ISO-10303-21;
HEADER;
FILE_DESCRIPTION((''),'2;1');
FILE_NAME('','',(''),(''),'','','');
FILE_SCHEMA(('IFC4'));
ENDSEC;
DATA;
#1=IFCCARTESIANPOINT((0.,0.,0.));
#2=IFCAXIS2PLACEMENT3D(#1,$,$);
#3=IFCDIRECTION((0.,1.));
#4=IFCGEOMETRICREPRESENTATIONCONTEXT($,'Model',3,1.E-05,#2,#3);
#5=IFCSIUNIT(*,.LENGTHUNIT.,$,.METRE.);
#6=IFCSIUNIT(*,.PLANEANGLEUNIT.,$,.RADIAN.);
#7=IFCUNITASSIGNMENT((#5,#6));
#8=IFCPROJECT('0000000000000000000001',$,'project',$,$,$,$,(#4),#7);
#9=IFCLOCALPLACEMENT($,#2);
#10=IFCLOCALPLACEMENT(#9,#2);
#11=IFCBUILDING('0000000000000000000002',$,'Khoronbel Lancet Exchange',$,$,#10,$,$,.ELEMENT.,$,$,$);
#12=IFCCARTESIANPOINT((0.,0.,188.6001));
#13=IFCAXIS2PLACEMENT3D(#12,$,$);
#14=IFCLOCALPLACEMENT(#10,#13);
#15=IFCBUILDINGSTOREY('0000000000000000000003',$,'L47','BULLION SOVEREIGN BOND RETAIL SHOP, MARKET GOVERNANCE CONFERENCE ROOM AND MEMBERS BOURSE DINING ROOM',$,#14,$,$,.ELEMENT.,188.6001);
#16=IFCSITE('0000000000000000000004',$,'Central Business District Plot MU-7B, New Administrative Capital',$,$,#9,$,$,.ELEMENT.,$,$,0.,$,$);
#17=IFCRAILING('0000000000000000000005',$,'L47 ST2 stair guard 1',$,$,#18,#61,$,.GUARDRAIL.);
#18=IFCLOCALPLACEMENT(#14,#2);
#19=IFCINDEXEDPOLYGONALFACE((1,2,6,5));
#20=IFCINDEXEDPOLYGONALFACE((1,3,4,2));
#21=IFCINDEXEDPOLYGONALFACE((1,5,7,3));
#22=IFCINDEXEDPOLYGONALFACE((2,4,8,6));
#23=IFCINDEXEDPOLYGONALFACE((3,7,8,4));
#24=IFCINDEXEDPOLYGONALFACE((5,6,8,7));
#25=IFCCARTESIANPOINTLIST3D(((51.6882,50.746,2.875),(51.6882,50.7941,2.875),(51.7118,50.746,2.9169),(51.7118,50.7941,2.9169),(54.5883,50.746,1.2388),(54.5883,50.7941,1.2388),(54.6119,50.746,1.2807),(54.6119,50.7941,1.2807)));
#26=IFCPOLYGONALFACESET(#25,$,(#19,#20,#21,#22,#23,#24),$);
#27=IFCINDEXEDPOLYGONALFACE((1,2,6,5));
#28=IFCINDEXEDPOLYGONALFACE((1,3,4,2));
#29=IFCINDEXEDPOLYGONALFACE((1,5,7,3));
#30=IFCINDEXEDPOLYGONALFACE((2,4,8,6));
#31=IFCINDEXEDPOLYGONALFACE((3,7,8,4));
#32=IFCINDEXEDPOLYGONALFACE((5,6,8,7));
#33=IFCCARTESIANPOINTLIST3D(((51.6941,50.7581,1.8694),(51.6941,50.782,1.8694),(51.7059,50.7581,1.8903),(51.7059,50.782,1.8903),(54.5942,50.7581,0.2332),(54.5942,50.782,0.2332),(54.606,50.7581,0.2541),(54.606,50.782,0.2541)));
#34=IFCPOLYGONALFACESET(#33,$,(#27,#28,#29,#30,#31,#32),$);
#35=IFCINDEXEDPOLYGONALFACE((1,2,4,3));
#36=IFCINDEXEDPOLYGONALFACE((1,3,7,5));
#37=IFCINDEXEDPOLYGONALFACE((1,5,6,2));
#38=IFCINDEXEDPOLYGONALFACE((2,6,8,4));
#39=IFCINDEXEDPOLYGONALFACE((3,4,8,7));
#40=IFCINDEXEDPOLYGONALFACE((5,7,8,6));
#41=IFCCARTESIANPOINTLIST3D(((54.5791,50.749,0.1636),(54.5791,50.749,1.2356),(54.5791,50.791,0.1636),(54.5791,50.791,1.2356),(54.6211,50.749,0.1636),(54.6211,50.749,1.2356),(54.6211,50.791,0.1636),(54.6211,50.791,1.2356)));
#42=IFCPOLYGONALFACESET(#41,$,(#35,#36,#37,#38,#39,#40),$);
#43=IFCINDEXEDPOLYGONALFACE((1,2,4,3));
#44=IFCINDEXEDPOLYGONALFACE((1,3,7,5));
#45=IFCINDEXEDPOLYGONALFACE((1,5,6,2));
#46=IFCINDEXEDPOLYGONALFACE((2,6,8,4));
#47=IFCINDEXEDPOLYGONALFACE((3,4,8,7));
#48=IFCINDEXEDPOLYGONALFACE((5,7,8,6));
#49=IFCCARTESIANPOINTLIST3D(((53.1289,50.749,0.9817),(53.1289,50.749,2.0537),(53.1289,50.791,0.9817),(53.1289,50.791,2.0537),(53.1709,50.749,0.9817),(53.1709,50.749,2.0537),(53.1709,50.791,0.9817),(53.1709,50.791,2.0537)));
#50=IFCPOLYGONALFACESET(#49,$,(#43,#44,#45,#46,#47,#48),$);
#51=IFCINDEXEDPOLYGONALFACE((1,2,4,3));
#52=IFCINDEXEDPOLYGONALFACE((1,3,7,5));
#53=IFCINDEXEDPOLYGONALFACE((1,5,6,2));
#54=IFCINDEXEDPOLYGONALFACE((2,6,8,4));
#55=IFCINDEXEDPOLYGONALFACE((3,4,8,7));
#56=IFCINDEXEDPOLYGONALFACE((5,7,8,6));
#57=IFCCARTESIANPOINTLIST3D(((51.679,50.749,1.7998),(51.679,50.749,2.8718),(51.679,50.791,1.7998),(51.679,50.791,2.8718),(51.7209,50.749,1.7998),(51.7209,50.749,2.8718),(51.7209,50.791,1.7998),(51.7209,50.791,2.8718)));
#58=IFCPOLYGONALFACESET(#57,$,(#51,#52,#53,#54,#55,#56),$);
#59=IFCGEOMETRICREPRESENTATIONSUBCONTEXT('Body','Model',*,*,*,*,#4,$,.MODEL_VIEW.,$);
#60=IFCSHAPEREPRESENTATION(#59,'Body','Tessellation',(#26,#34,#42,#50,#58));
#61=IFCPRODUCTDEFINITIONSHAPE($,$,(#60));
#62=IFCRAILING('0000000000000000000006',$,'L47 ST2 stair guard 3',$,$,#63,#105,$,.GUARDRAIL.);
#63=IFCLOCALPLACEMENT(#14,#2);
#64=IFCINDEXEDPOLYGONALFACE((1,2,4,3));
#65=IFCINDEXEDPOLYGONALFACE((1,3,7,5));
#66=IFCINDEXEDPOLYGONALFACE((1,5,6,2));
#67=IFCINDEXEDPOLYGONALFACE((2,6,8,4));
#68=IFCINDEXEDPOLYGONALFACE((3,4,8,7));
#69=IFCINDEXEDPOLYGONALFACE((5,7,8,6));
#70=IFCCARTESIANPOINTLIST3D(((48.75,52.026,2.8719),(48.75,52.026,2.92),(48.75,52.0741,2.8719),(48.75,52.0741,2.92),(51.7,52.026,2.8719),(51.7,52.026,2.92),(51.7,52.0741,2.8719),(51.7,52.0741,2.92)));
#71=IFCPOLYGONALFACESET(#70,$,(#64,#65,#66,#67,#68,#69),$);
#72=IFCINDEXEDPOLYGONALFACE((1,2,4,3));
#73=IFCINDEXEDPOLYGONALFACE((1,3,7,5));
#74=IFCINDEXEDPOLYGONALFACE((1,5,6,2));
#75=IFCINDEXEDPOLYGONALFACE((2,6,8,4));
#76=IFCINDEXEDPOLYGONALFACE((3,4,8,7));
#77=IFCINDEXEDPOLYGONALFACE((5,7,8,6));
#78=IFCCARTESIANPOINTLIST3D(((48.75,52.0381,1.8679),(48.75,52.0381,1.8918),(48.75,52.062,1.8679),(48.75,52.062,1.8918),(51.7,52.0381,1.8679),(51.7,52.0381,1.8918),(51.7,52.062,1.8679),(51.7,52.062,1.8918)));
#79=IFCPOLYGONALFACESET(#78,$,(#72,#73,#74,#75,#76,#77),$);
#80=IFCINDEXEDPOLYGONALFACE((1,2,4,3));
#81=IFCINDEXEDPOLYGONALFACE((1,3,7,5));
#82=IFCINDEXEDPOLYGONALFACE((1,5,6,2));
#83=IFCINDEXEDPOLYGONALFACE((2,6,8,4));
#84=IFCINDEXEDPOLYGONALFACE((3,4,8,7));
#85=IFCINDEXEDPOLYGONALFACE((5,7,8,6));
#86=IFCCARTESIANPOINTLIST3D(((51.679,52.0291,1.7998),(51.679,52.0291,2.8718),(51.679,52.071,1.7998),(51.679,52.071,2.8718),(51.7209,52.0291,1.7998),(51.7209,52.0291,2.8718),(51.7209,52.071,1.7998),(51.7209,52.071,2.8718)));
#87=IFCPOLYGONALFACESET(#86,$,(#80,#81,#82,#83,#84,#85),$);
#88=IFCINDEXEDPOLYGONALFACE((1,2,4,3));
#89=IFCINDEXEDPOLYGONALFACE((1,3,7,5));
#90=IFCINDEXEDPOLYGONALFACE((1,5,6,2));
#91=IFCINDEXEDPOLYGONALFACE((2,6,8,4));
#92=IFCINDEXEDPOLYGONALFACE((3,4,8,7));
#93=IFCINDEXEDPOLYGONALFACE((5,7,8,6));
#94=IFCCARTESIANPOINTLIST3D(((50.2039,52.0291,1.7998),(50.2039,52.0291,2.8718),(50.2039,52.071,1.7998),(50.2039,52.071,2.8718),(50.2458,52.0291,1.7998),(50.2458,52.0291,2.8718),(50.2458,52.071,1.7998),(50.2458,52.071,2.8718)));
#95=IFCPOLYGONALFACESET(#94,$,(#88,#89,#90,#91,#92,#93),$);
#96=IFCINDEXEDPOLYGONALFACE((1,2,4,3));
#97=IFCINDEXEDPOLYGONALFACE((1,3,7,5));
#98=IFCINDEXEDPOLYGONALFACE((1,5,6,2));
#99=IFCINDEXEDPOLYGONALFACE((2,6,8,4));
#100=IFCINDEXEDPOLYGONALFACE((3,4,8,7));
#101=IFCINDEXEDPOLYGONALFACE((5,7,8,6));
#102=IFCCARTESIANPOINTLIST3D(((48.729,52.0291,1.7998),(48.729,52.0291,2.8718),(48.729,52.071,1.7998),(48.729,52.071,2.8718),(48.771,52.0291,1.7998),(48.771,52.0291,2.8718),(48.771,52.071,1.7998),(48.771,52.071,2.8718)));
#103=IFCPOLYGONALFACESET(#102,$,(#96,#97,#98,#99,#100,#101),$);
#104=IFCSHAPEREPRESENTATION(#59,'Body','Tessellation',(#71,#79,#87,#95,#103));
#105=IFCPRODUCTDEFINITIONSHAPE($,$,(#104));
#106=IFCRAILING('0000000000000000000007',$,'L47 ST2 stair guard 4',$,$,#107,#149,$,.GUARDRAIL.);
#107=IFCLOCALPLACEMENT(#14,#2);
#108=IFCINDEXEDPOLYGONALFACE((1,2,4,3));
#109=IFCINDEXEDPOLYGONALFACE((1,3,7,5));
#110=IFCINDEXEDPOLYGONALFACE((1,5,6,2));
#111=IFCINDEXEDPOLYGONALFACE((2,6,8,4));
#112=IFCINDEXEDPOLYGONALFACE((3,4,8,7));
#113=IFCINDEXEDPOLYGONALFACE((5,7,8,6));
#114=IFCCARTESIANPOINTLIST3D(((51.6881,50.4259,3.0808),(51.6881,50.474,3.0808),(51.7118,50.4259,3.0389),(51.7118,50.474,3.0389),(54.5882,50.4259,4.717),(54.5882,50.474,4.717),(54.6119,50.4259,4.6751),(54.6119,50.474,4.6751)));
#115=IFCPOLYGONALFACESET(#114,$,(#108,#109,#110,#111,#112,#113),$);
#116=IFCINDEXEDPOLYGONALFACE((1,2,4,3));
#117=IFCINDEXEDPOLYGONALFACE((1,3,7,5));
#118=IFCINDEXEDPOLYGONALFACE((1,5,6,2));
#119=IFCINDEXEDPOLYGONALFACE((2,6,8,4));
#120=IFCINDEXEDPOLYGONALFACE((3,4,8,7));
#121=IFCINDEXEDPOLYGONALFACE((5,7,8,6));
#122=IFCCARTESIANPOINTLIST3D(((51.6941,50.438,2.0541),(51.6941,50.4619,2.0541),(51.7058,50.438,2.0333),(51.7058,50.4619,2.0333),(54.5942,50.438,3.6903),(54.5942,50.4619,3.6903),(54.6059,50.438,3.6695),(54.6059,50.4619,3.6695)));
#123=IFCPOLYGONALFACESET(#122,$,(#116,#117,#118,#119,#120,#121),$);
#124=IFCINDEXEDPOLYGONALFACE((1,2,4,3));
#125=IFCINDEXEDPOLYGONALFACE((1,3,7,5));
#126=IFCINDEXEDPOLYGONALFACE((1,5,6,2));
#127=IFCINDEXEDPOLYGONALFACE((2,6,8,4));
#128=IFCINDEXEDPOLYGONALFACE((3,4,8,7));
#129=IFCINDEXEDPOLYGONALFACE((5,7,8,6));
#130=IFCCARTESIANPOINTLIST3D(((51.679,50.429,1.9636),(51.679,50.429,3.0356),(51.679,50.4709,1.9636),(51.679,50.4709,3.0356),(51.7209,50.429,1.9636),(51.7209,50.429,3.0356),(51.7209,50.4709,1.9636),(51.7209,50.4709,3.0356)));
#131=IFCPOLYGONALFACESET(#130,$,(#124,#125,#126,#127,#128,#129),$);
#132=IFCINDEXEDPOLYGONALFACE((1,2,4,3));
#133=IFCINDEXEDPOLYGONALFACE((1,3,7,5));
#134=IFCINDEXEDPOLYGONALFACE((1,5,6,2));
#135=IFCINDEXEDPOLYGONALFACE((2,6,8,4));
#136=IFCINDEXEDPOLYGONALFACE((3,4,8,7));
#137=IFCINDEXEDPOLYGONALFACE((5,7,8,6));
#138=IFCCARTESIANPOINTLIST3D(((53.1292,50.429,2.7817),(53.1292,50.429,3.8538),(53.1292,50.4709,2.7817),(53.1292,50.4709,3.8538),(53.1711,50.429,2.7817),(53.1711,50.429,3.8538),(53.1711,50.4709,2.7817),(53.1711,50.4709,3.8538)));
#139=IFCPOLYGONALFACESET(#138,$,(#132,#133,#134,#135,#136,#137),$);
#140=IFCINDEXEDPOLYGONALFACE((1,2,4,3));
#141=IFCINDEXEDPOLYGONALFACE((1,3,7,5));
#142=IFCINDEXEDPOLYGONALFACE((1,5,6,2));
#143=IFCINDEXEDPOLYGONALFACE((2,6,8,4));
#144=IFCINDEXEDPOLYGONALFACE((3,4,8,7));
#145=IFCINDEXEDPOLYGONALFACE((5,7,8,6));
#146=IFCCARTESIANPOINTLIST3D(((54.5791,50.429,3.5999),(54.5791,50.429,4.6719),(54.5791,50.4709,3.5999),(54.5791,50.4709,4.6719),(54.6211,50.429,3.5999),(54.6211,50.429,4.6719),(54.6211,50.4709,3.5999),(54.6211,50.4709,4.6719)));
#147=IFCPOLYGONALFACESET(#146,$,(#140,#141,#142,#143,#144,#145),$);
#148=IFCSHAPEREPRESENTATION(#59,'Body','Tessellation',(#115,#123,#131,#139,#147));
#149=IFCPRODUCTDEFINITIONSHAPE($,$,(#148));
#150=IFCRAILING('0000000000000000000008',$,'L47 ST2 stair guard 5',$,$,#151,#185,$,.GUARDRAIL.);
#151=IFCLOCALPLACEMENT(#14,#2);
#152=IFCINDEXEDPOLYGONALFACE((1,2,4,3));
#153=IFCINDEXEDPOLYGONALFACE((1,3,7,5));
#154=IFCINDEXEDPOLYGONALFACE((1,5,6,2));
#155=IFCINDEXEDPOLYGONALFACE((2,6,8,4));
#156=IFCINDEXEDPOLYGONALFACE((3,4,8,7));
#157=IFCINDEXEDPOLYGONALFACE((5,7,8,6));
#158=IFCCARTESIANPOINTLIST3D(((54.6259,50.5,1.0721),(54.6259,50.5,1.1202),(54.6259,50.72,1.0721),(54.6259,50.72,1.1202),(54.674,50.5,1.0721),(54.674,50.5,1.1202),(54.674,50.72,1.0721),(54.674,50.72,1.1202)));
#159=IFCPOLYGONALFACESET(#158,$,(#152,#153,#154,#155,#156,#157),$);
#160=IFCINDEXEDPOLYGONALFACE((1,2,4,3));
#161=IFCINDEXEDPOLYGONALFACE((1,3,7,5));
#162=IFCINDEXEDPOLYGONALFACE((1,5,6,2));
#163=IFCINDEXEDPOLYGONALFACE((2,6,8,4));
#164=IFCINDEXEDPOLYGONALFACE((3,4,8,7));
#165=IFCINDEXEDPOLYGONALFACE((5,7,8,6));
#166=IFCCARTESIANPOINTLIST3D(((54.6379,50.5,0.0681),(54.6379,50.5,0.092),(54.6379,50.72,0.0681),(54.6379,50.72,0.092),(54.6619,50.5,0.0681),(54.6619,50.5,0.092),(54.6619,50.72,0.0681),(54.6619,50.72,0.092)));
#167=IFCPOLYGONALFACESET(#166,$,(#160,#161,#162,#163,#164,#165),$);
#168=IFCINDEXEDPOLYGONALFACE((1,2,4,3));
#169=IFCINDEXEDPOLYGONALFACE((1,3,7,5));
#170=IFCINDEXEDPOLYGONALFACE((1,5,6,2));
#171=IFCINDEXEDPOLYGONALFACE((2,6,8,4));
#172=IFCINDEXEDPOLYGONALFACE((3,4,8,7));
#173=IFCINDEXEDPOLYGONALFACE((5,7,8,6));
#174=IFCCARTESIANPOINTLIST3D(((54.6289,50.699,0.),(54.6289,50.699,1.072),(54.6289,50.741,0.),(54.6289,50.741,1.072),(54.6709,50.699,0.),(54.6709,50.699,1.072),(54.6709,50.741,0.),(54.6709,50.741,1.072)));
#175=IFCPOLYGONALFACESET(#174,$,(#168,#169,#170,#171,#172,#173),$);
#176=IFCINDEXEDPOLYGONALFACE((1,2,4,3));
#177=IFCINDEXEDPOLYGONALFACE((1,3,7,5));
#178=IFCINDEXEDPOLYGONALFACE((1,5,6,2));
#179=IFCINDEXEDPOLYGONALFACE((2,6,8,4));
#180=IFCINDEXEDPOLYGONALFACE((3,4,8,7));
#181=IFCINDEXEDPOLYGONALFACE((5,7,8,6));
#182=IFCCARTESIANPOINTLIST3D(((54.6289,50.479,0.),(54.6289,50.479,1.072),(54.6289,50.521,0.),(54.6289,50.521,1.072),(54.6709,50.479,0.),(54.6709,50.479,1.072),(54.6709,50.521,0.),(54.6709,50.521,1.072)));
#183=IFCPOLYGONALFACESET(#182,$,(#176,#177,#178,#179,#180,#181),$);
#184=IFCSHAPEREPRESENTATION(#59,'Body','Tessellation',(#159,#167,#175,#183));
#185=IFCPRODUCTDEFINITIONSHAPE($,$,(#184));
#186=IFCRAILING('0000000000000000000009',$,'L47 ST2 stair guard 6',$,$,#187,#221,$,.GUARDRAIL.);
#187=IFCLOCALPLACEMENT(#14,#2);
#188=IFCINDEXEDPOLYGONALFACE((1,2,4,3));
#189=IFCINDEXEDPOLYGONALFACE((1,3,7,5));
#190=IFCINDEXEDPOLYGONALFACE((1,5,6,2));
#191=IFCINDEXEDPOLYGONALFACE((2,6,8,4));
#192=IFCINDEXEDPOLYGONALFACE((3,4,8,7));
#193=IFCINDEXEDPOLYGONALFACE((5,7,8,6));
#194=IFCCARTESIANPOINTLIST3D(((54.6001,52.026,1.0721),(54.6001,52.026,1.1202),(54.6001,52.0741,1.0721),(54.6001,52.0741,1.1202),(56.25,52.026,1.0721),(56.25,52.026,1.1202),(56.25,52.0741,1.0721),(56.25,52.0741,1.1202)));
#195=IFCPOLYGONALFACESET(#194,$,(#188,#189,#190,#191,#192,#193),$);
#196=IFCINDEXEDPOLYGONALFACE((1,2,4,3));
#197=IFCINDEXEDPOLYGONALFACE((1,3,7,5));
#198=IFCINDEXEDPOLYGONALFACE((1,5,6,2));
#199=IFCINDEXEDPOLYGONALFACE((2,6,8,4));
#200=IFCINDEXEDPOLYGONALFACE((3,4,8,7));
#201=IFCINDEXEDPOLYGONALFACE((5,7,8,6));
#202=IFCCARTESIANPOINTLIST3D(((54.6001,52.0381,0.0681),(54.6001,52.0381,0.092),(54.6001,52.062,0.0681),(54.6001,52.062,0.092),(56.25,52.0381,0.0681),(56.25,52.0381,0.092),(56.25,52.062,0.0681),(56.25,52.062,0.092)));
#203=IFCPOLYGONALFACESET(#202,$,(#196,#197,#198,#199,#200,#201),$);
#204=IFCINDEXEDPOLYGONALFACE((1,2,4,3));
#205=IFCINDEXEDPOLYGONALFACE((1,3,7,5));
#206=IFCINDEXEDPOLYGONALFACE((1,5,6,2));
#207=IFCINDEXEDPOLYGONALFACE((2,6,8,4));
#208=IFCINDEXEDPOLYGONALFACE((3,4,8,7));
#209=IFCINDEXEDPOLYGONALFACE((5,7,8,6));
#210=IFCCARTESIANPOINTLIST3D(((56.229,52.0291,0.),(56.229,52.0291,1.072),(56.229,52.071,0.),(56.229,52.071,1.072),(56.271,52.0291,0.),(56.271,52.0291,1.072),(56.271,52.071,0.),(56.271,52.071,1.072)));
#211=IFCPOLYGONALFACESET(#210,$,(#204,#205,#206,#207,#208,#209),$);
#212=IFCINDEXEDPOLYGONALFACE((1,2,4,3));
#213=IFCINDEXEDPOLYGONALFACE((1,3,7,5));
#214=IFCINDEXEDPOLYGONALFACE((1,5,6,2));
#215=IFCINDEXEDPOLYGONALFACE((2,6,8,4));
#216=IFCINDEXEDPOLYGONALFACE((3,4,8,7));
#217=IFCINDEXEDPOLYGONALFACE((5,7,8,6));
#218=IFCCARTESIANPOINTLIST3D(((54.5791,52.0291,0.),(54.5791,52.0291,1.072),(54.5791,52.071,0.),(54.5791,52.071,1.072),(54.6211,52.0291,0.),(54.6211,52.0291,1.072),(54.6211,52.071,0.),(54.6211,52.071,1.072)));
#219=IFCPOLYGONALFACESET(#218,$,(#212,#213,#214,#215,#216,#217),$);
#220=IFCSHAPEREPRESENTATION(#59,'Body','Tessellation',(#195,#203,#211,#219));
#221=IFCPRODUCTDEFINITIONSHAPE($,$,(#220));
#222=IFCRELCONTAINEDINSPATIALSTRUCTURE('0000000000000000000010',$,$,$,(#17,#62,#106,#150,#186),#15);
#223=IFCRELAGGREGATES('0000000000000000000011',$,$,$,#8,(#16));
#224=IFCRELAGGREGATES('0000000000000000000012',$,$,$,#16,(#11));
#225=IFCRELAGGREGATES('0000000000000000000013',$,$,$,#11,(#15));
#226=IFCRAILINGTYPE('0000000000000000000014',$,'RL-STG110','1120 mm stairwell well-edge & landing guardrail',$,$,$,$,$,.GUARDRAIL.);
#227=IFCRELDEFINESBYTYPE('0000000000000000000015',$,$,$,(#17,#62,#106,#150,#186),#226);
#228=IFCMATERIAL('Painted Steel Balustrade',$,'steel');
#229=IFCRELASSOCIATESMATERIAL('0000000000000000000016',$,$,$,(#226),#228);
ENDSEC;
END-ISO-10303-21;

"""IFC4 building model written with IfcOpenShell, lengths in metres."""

from ifc_helpers import new_model, si_unit, direction, frame, origin, origin_2d, place, context, subcontext, project, spatial, rectangle, extrude, material, type_object, element, save


model = new_model("IFC4")

# Units and contexts
model_context = context("Model", 3, precision=1e-05, world=origin(), true_north=direction((0.0, 1.0)))
body_context = subcontext(model_context, "Body", "Model", "MODEL_VIEW")
ifc_project = project(units=[si_unit("LENGTHUNIT", "METRE"), si_unit("PLANEANGLEUNIT", "RADIAN")], contexts=[model_context])

# Site, building, storey
site_placement = place(None, origin())
site = spatial("IfcSite", under=ifc_project, at=site_placement, Name="Central Business District Plot MU-7B, New Administrative Capital", CompositionType="ELEMENT", RefElevation=0.0)
building_placement = place(site_placement, origin())
building = spatial("IfcBuilding", under=site, at=building_placement, Name="Khoronbel Lancet Exchange", CompositionType="ELEMENT")
storey_placement = place(building_placement, frame((0.0, 0.0, 188.6001)))
storey = spatial("IfcBuildingStorey", under=building, at=storey_placement, Name="L47", Description="BULLION SOVEREIGN BOND RETAIL SHOP, MARKET GOVERNANCE CONFERENCE ROOM AND MEMBERS BOURSE DINING ROOM", CompositionType="ELEMENT", Elevation=188.6001)

# Railings
ifc_material_1 = material(Name="Painted Steel Balustrade", Category="steel")
railing_type_1 = type_object("IfcRailingType", Name="RL-STG110", Description="1120 mm stairwell well-edge & landing guardrail", PredefinedType="GUARDRAIL", material=ifc_material_1)
railing_1_placement = place(storey_placement, frame((54.6001, 50.77, 0.1636)))
element("IfcRailing", 1, at=railing_1_placement, inside=storey, type_object=railing_type_1, Name="L47 ST2 stair guard 1", PredefinedType="GUARDRAIL", context=body_context, shape_type="SweptSolid", body=[
    extrude(rectangle(XDim=0.0481, YDim=0.0481, at=origin_2d()), frame((0.0, 0.0, 1.0962), z_axis=(-0.870946, 0.0, 0.491378), x_axis=(0.0, -1.0, 0.0)), (0.0, 0.0, 1.0), 3.3298),
    extrude(rectangle(XDim=0.0239, YDim=0.0239, at=origin_2d()), frame((0.0, 0.0, 0.0801), z_axis=(-0.870946, 0.0, 0.491378), x_axis=(0.0, -1.0, 0.0)), (0.0, 0.0, 1.0), 3.3298),
    extrude(rectangle(XDim=0.042, YDim=0.042, at=origin_2d()), origin(), (0.0, 0.0, 1.0), 1.072),
    extrude(rectangle(XDim=0.042, YDim=0.042, at=origin_2d()), frame((-1.4502, 0.0, 0.8181)), (0.0, 0.0, 1.0), 1.072),
    extrude(rectangle(XDim=0.042, YDim=0.042, at=origin_2d()), frame((-2.9001, 0.0, 1.6362)), (0.0, 0.0, 1.0), 1.072),
])
railing_2_placement = place(storey_placement, frame((51.7, 52.05, 1.7998)))
element("IfcRailing", 2, at=railing_2_placement, inside=storey, type_object=railing_type_1, Name="L47 ST2 stair guard 3", PredefinedType="GUARDRAIL", context=body_context, shape_type="SweptSolid", body=[
    extrude(rectangle(XDim=0.0481, YDim=0.0481, at=origin_2d()), frame((0.0, 0.0, 1.0962), z_axis=(-1.0, 0.0, 0.0), x_axis=(0.0, -1.0, 0.0)), (0.0, 0.0, 1.0), 2.95),
    extrude(rectangle(XDim=0.0239, YDim=0.0239, at=origin_2d()), frame((0.0, 0.0, 0.0801), z_axis=(-1.0, 0.0, 0.0), x_axis=(0.0, -1.0, 0.0)), (0.0, 0.0, 1.0), 2.95),
    extrude(rectangle(XDim=0.042, YDim=0.042, at=origin_2d()), origin(), (0.0, 0.0, 1.0), 1.072),
    extrude(rectangle(XDim=0.042, YDim=0.042, at=origin_2d()), frame((-1.4751, 0.0, 0.0)), (0.0, 0.0, 1.0), 1.072),
    extrude(rectangle(XDim=0.042, YDim=0.042, at=origin_2d()), frame((-2.95, 0.0, 0.0)), (0.0, 0.0, 1.0), 1.072),
])
railing_3_placement = place(storey_placement, frame((51.7, 50.45, 1.9636)))
element("IfcRailing", 3, at=railing_3_placement, inside=storey, type_object=railing_type_1, Name="L47 ST2 stair guard 4", PredefinedType="GUARDRAIL", context=body_context, shape_type="SweptSolid", body=[
    extrude(rectangle(XDim=0.0481, YDim=0.0481, at=origin_2d()), frame((0.0, 0.0, 1.0962), z_axis=(0.870946, 0.0, 0.491378), x_axis=(0.0, 1.0, 0.0)), (0.0, 0.0, 1.0), 3.3298),
    extrude(rectangle(XDim=0.0239, YDim=0.0239, at=origin_2d()), frame((0.0, 0.0, 0.0801), z_axis=(0.870946, 0.0, 0.491378), x_axis=(0.0, 1.0, 0.0)), (0.0, 0.0, 1.0), 3.3298),
    extrude(rectangle(XDim=0.042, YDim=0.042, at=origin_2d()), origin(), (0.0, 0.0, 1.0), 1.072),
    extrude(rectangle(XDim=0.042, YDim=0.042, at=origin_2d()), frame((1.4502, 0.0, 0.8181)), (0.0, 0.0, 1.0), 1.072),
    extrude(rectangle(XDim=0.042, YDim=0.042, at=origin_2d()), frame((2.9001, 0.0, 1.6362)), (0.0, 0.0, 1.0), 1.072),
])
railing_4_placement = place(storey_placement, frame((54.6499, 50.72, 0.0)))
element("IfcRailing", 4, at=railing_4_placement, inside=storey, type_object=railing_type_1, Name="L47 ST2 stair guard 5", PredefinedType="GUARDRAIL", context=body_context, shape_type="SweptSolid", body=[
    extrude(rectangle(XDim=0.0481, YDim=0.0481, at=origin_2d()), frame((0.0, 0.0, 1.0962), z_axis=(0.0, -1.0, 0.0), x_axis=(1.0, 0.0, 0.0)), (0.0, 0.0, 1.0), 0.22),
    extrude(rectangle(XDim=0.0239, YDim=0.0239, at=origin_2d()), frame((0.0, 0.0, 0.0801), z_axis=(0.0, -1.0, 0.0), x_axis=(1.0, 0.0, 0.0)), (0.0, 0.0, 1.0), 0.22),
    extrude(rectangle(XDim=0.042, YDim=0.042, at=origin_2d()), origin(), (0.0, 0.0, 1.0), 1.072),
    extrude(rectangle(XDim=0.042, YDim=0.042, at=origin_2d()), frame((0.0, -0.22, 0.0)), (0.0, 0.0, 1.0), 1.072),
])
railing_5_placement = place(storey_placement, frame((56.25, 52.05, 0.0)))
element("IfcRailing", 5, at=railing_5_placement, inside=storey, type_object=railing_type_1, Name="L47 ST2 stair guard 6", PredefinedType="GUARDRAIL", context=body_context, shape_type="SweptSolid", body=[
    extrude(rectangle(XDim=0.0481, YDim=0.0481, at=origin_2d()), frame((0.0, 0.0, 1.0962), z_axis=(-1.0, 0.0, 0.0), x_axis=(0.0, -1.0, 0.0)), (0.0, 0.0, 1.0), 1.6499),
    extrude(rectangle(XDim=0.0239, YDim=0.0239, at=origin_2d()), frame((0.0, 0.0, 0.0801), z_axis=(-1.0, 0.0, 0.0), x_axis=(0.0, -1.0, 0.0)), (0.0, 0.0, 1.0), 1.6499),
    extrude(rectangle(XDim=0.042, YDim=0.042, at=origin_2d()), origin(), (0.0, 0.0, 1.0), 1.072),
    extrude(rectangle(XDim=0.042, YDim=0.042, at=origin_2d()), frame((-1.6499, 0.0, 0.0)), (0.0, 0.0, 1.0), 1.072),
])

save(model, "model.ifc")
